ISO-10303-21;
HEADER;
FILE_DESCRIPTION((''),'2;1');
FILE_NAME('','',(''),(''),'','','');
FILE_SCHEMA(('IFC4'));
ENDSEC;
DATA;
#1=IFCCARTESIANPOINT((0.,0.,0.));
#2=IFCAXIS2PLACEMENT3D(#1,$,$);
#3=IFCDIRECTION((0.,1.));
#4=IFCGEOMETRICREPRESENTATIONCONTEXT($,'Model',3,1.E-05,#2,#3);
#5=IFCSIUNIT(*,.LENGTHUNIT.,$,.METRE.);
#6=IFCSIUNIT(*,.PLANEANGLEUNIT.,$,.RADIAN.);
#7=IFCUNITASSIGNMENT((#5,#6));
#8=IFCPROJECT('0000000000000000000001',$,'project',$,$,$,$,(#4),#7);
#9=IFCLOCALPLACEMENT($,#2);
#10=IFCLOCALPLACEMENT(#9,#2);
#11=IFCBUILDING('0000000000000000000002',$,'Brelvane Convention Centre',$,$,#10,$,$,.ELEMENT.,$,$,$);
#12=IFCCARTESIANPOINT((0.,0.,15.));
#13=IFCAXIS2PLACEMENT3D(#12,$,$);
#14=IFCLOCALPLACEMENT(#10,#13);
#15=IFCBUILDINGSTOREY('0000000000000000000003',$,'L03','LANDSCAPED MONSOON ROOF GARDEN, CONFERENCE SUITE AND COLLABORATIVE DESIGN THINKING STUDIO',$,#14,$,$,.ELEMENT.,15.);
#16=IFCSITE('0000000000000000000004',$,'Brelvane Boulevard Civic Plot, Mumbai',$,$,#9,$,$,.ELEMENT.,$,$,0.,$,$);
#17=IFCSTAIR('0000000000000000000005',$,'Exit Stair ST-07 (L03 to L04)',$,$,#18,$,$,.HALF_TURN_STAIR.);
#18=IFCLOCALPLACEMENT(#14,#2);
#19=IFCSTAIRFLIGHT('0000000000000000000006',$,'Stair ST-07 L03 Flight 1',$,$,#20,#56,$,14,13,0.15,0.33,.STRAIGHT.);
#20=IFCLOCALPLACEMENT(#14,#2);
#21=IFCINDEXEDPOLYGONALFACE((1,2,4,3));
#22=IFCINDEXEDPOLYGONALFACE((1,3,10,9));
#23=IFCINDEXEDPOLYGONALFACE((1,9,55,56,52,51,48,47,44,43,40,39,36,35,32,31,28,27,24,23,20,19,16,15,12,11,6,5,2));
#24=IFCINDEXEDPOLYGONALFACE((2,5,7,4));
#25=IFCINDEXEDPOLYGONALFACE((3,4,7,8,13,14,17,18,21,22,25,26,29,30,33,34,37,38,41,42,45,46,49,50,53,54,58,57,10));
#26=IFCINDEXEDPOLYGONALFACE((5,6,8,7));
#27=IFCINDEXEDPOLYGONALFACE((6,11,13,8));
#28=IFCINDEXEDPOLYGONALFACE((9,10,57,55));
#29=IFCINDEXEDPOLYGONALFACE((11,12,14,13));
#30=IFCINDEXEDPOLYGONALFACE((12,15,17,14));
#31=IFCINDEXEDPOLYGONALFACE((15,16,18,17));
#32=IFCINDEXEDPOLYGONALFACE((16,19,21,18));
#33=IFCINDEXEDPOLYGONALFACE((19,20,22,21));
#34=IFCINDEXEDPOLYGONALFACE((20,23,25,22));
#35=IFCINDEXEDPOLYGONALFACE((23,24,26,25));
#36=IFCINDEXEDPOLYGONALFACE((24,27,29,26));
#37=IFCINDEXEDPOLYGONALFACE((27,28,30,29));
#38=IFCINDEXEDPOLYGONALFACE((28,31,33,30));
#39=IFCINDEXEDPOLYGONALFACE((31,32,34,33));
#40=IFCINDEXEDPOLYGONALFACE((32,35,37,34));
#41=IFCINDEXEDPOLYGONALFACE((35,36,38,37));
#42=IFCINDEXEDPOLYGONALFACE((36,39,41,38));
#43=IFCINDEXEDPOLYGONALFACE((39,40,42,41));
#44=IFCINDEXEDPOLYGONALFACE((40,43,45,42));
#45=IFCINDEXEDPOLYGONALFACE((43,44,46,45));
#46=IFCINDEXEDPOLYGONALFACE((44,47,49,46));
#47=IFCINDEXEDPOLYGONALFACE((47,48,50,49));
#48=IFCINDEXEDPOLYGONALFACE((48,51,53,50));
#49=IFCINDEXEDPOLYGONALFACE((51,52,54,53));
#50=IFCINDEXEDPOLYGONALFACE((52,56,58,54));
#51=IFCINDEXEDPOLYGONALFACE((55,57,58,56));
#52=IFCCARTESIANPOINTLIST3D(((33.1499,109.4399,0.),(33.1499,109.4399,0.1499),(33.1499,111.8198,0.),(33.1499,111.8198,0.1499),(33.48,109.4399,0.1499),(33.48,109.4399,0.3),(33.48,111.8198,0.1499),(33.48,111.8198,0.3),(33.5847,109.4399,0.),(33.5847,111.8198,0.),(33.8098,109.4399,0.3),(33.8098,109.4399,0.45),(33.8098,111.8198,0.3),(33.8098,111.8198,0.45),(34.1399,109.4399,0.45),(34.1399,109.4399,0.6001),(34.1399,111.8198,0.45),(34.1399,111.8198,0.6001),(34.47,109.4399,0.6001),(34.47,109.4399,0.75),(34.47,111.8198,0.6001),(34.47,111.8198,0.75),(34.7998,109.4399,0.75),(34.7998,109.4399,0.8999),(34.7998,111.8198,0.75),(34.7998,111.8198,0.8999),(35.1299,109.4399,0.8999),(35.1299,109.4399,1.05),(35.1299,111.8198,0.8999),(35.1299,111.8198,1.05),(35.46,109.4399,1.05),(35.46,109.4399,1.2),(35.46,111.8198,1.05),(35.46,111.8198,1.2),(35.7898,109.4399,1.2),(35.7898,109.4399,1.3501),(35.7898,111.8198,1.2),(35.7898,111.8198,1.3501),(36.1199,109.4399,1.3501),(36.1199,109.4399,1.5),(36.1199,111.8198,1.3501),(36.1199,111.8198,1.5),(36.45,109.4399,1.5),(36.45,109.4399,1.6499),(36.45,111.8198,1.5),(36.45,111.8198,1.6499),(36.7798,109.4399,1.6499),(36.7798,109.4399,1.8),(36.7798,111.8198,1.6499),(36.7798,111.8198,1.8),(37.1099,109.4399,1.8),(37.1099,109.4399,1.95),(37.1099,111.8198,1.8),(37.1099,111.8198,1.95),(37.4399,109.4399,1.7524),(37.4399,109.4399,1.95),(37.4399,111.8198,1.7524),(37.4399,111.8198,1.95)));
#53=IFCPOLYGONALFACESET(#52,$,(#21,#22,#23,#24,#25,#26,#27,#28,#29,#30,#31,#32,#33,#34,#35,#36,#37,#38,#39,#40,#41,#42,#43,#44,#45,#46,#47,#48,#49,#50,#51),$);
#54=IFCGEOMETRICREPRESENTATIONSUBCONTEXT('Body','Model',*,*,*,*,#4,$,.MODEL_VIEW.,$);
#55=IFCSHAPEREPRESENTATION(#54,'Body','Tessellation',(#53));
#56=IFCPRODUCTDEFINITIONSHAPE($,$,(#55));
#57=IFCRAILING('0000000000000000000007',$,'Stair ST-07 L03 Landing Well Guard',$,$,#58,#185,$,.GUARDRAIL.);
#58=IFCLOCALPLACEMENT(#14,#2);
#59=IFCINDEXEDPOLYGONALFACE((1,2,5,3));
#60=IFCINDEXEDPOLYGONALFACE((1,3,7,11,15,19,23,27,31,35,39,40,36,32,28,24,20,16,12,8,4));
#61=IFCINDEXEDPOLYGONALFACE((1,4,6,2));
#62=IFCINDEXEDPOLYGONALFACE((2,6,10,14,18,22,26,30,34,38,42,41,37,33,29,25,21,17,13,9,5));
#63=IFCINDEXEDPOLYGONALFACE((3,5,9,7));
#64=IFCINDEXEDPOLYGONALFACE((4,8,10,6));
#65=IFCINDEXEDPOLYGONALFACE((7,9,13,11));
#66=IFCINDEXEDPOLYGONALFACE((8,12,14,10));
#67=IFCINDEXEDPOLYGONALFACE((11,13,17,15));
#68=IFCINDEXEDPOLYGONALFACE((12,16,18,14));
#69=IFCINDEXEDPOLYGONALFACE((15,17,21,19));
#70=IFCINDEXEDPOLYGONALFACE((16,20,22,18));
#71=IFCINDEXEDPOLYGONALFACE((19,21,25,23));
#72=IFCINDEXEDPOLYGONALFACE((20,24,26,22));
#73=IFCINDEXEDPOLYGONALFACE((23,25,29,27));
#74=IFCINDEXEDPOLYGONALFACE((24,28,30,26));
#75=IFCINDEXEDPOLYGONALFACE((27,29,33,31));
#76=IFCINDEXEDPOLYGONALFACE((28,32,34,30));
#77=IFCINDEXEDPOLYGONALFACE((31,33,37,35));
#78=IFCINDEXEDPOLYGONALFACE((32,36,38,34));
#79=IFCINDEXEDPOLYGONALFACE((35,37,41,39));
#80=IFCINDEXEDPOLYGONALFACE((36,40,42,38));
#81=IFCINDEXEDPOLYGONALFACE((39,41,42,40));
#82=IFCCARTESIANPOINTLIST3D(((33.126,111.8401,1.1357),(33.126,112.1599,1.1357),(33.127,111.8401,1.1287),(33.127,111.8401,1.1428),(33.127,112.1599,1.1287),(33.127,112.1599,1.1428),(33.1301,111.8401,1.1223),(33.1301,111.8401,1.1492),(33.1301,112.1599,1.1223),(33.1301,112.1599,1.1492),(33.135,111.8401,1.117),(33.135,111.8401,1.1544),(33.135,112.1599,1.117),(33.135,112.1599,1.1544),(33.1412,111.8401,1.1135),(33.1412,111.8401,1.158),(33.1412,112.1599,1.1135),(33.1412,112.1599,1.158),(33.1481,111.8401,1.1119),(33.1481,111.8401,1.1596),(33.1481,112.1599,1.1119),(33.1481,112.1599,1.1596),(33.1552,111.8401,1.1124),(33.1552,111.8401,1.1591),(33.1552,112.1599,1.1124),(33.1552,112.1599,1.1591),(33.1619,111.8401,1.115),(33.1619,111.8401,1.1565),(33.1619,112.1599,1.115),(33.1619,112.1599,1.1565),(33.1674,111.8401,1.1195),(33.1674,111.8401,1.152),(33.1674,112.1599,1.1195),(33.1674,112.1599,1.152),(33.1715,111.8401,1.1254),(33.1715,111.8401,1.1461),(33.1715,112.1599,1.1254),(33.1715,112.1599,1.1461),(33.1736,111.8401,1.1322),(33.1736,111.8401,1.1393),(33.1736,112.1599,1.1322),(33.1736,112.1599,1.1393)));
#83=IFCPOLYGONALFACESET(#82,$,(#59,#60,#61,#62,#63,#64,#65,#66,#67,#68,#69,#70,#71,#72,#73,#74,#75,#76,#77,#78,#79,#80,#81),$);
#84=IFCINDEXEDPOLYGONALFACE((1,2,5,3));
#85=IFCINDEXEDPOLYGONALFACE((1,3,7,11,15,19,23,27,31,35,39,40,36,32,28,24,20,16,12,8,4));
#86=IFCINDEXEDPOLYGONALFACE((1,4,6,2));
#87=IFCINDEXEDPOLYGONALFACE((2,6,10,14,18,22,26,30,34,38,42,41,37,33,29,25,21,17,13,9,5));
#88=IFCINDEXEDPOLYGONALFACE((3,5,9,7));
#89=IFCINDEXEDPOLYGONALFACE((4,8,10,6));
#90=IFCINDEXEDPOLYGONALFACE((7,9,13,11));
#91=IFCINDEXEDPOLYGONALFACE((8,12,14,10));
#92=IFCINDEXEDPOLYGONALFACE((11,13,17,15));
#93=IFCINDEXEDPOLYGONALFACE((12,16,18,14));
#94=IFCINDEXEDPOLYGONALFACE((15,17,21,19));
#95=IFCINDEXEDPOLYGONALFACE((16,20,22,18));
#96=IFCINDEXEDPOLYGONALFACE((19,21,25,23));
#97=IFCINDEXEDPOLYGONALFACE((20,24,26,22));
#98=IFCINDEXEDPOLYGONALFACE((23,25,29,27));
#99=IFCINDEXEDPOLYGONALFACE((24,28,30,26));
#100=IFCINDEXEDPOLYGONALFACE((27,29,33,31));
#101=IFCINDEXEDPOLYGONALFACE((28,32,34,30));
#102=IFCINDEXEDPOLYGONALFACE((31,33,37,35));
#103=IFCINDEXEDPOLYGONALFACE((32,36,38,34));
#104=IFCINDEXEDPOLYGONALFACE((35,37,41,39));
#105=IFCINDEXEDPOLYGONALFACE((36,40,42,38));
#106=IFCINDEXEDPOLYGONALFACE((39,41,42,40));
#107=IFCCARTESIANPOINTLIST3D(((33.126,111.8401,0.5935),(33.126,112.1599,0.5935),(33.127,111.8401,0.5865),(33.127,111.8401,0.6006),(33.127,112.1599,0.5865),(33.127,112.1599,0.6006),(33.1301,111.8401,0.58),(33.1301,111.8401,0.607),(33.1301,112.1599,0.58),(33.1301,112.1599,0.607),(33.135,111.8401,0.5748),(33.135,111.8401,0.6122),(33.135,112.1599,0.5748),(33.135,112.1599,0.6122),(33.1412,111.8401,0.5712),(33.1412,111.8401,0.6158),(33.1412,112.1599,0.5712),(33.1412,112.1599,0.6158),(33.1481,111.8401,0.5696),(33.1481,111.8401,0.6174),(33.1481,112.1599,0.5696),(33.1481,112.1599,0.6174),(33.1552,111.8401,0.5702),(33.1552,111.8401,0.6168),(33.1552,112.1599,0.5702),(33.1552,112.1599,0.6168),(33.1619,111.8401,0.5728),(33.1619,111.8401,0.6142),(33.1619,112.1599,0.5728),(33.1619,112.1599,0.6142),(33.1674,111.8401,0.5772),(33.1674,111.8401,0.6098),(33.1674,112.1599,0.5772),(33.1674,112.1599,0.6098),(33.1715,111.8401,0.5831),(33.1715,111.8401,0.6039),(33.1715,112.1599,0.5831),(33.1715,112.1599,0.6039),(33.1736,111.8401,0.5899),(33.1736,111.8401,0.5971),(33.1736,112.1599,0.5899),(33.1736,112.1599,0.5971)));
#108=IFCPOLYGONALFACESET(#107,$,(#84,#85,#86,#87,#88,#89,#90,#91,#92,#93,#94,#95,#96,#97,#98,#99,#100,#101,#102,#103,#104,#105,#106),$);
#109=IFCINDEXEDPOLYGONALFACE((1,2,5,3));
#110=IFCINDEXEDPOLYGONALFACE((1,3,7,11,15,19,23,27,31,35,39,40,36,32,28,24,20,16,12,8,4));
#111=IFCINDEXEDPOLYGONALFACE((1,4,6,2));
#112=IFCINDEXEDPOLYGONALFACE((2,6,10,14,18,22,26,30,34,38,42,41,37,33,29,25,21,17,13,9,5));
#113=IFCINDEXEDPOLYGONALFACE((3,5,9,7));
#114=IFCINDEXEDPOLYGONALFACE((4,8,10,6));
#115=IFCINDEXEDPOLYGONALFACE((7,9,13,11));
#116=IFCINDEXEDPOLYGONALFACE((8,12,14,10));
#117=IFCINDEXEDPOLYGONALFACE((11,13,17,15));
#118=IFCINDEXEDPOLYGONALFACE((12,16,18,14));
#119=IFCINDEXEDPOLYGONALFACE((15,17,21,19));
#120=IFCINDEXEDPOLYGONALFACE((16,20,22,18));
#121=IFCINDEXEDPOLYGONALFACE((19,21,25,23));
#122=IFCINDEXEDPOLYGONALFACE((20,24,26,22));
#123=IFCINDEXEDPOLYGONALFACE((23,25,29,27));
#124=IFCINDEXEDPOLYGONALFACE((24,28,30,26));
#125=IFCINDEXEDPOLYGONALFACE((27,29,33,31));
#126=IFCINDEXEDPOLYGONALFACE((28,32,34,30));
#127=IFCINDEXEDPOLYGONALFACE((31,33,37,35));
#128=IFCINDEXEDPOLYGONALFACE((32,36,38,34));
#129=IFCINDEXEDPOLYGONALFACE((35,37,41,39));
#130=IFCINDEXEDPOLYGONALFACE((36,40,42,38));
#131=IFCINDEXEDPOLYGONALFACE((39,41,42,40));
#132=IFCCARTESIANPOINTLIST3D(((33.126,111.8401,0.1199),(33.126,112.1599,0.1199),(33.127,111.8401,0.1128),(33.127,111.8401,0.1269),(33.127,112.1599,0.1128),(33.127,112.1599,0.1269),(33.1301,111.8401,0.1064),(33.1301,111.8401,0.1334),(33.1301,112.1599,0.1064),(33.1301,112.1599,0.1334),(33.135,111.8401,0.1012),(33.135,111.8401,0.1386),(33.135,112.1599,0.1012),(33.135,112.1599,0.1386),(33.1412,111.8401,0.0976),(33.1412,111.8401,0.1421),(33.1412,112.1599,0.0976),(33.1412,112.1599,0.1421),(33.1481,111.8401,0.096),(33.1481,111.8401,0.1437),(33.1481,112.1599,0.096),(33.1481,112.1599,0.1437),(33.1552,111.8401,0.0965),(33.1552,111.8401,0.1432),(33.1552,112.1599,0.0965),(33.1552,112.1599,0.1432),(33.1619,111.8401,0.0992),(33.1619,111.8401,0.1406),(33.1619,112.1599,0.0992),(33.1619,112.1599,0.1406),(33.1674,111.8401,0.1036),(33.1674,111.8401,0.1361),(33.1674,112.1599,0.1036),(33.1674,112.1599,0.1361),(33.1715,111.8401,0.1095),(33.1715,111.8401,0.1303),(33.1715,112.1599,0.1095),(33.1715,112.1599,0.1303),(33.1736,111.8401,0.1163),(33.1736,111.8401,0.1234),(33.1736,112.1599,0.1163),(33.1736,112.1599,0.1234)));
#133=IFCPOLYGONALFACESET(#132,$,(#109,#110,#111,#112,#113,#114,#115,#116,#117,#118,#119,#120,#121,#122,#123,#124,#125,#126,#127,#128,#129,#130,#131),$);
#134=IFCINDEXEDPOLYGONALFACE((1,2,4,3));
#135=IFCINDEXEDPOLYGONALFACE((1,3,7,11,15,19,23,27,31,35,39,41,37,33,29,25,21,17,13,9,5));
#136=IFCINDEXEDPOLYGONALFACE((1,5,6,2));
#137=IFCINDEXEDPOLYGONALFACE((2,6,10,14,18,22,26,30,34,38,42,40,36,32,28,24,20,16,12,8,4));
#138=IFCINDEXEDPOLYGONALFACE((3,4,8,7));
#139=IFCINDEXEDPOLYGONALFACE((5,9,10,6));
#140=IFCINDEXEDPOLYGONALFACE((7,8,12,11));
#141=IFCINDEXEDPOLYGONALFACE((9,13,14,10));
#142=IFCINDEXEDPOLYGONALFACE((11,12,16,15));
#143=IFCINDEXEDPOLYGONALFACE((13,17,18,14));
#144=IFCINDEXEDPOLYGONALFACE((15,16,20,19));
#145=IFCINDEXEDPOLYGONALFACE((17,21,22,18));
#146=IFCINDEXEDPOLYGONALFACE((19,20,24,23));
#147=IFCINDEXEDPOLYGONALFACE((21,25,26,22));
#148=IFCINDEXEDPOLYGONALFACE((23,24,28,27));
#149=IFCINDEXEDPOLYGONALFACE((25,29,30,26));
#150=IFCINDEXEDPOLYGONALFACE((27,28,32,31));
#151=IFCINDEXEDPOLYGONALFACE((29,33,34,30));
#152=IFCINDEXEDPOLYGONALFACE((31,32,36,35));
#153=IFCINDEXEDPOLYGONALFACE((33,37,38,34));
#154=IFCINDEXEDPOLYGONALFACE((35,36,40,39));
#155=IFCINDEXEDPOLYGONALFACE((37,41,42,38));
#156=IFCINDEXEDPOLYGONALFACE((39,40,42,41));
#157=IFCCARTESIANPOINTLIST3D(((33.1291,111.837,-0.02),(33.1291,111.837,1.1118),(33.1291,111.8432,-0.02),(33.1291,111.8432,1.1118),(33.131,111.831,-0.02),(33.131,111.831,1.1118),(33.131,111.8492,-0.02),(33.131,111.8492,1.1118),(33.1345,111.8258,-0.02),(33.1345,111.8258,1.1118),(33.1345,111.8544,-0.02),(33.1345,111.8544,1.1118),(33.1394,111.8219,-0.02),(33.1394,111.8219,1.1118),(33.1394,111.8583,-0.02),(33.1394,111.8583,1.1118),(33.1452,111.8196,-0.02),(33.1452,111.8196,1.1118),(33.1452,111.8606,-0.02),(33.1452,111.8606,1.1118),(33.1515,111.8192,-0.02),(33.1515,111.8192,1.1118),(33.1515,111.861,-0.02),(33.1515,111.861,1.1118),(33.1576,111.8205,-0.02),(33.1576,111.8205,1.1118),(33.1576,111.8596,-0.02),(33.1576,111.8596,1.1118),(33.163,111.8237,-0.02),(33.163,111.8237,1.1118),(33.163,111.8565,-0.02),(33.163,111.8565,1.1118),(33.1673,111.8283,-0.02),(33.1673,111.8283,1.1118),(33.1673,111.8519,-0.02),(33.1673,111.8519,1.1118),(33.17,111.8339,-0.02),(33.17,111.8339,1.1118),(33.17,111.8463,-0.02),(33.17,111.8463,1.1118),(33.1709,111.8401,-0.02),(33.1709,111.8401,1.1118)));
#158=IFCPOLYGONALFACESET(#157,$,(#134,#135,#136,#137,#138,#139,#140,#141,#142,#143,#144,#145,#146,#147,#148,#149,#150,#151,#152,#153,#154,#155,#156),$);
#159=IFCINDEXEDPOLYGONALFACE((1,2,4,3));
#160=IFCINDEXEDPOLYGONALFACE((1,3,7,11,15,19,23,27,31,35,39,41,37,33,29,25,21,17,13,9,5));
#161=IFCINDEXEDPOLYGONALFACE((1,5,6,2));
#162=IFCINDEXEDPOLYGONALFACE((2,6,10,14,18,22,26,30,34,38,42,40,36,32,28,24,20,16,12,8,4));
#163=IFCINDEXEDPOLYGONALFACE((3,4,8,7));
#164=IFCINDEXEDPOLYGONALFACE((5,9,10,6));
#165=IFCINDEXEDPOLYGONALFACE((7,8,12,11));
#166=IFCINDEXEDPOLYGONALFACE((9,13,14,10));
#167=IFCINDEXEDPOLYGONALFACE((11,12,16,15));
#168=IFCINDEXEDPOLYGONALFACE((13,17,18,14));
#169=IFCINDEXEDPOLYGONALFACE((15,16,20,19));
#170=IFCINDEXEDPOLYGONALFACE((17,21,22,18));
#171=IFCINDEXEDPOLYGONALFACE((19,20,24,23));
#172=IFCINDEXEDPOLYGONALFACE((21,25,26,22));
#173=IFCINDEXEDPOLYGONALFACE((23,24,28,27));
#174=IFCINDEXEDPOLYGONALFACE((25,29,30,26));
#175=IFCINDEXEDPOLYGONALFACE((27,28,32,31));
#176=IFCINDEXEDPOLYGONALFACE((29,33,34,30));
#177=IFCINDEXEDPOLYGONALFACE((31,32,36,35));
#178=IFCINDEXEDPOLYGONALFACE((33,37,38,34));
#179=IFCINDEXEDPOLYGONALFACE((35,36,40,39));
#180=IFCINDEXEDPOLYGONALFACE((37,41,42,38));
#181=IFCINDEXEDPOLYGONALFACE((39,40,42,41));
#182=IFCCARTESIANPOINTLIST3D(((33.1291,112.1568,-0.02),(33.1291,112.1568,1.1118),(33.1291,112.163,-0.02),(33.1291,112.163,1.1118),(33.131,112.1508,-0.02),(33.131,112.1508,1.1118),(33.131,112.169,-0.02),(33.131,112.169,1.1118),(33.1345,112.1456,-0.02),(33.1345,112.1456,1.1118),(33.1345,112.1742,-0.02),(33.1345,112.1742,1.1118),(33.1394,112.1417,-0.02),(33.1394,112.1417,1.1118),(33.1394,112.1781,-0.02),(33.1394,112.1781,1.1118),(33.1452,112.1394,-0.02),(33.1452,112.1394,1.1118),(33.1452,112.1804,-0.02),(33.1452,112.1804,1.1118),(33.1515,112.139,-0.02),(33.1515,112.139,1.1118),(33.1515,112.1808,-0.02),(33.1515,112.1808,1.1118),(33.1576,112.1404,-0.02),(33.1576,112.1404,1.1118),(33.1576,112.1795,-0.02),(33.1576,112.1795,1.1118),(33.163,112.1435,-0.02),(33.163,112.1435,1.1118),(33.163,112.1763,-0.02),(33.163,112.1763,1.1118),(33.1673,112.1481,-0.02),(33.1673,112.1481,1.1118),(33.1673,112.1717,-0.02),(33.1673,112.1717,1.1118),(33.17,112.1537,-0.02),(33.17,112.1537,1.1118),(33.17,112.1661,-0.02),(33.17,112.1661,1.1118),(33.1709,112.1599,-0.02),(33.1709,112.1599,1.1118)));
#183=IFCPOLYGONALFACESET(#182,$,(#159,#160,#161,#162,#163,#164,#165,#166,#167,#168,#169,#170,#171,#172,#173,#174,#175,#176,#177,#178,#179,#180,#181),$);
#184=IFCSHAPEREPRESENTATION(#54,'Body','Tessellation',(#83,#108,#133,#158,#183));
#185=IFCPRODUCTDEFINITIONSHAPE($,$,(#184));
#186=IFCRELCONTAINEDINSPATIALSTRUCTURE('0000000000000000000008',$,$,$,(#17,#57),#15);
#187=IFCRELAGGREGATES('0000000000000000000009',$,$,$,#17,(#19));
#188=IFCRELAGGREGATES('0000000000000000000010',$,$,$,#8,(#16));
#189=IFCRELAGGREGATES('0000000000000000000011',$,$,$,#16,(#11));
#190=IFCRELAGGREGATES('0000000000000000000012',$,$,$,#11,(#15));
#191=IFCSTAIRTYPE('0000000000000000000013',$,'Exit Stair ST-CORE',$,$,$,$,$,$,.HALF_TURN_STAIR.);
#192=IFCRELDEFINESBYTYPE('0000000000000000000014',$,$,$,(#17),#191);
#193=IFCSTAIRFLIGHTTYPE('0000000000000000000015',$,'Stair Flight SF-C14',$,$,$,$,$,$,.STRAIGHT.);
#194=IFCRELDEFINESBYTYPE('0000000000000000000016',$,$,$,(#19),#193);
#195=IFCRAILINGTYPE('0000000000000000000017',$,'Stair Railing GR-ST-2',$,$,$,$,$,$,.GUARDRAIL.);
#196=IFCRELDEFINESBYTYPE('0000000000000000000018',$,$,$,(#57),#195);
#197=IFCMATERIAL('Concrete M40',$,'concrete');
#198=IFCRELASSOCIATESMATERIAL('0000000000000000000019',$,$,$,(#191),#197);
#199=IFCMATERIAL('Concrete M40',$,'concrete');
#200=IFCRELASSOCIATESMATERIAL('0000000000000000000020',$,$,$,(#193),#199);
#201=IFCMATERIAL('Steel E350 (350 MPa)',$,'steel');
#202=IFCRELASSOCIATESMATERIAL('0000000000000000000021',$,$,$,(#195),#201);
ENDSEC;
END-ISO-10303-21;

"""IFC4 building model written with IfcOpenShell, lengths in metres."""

from ifc_helpers import new_model, si_unit, direction, frame, origin, origin_2d, place, context, subcontext, project, spatial, polyline, circle, outline, extrude, material, type_object, element, aggregate, save


model = new_model("IFC4")

# Units and contexts
model_context = context("Model", 3, precision=1e-05, world=origin(), true_north=direction((0.0, 1.0)))
body_context = subcontext(model_context, "Body", "Model", "MODEL_VIEW")
ifc_project = project(units=[si_unit("LENGTHUNIT", "METRE"), si_unit("PLANEANGLEUNIT", "RADIAN")], contexts=[model_context])

# Site, building, storey
site_placement = place(None, origin())
site = spatial("IfcSite", under=ifc_project, at=site_placement, Name="Brelvane Boulevard Civic Plot, Mumbai", CompositionType="ELEMENT", RefElevation=0.0)
building_placement = place(site_placement, origin())
building = spatial("IfcBuilding", under=site, at=building_placement, Name="Brelvane Convention Centre", CompositionType="ELEMENT")
storey_placement = place(building_placement, frame((0.0, 0.0, 15.0)))
storey = spatial("IfcBuildingStorey", under=building, at=storey_placement, Name="L03", Description="LANDSCAPED MONSOON ROOF GARDEN, CONFERENCE SUITE AND COLLABORATIVE DESIGN THINKING STUDIO", CompositionType="ELEMENT", Elevation=15.0)

# Stair, stair flight
ifc_material_1 = material(Name="Concrete M40", Category="concrete")
stair_type = type_object("IfcStairType", Name="Exit Stair ST-CORE", PredefinedType="HALF_TURN_STAIR", material=ifc_material_1)
stair_placement = place(storey_placement, origin())
stair = element("IfcStair", 1, at=stair_placement, inside=storey, type_object=stair_type, Name="Exit Stair ST-07 (L03 to L04)", PredefinedType="HALF_TURN_STAIR")
ifc_material_2 = material(Name="Concrete M40", Category="concrete")
stair_flight_type = type_object("IfcStairFlightType", Name="Stair Flight SF-C14", PredefinedType="STRAIGHT", material=ifc_material_2)
stair_flight_placement = place(storey_placement, frame((33.1499, 110.6299, 0.0), z_axis=(0.0, 0.0, 1.0), x_axis=(1.0, 0.0, 0.0)))
stair_flight = element("IfcStairFlight", 2, at=stair_flight_placement, type_object=stair_flight_type, Name="Stair ST-07 L03 Flight 1", NumberOfRisers=14, NumberOfTreads=13, PredefinedType="STRAIGHT", RiserHeight=0.15, TreadLength=0.33, context=body_context, shape_type="SweptSolid", body=[
    extrude(outline(polyline([(0.0, 0.0), (0.0, 0.1499), (0.3301, 0.1499), (0.3301, 0.3), (0.6599, 0.3), (0.6599, 0.45), (0.99, 0.45), (0.99, 0.6001), (1.3201, 0.6001), (1.3201, 0.75), (1.6499, 0.75), (1.6499, 0.8999), (1.98, 0.8999), (1.98, 1.05), (2.3101, 1.05), (2.3101, 1.2), (2.6399, 1.2), (2.6399, 1.3501), (2.97, 1.3501), (2.97, 1.5), (3.3, 1.5), (3.3, 1.6499), (3.6299, 1.6499), (3.6299, 1.8), (3.96, 1.8), (3.96, 1.95), (4.29, 1.95), (4.29, 2.1001), (4.29, 1.7524), (0.4348, 0.0), (0.0, 0.0)])), frame((0.0, 1.1899, 0.0), z_axis=(0.0, -1.0, 0.0), x_axis=(1.0, 0.0, 0.0)), (0.0, 0.0, 1.0), 2.3799),
])
aggregate(stair, [stair_flight])

# Railing
ifc_material_3 = material(Name="Steel E350 (350 MPa)", Category="steel")
railing_type_1 = type_object("IfcRailingType", Name="Stair Railing GR-ST-2", PredefinedType="GUARDRAIL", material=ifc_material_3)
railing_1_placement = place(storey_placement, frame((33.1499, 111.8401, -0.02)))
element("IfcRailing", 3, at=railing_1_placement, inside=storey, type_object=railing_type_1, Name="Stair ST-07 L03 Landing Well Guard", PredefinedType="GUARDRAIL", context=body_context, shape_type="SweptSolid", body=[
    extrude(circle(Radius=0.0239, at=origin_2d()), frame((0.0, 0.0, 1.1558), z_axis=(0.0, 1.0, 0.0), x_axis=(-1.0, 0.0, 0.0)), (0.0, 0.0, 1.0), 0.3198),
    extrude(circle(Radius=0.0239, at=origin_2d()), frame((0.0, 0.0, 0.6135), z_axis=(0.0, 1.0, 0.0), x_axis=(-1.0, 0.0, 0.0)), (0.0, 0.0, 1.0), 0.3198),
    extrude(circle(Radius=0.0239, at=origin_2d()), frame((0.0, 0.0, 0.1399), z_axis=(0.0, 1.0, 0.0), x_axis=(-1.0, 0.0, 0.0)), (0.0, 0.0, 1.0), 0.3198),
    extrude(circle(Radius=0.021, at=origin_2d()), origin(), (0.0, 0.0, 1.0), 1.1318),
    extrude(circle(Radius=0.021, at=origin_2d()), frame((0.0, 0.3198, 0.0)), (0.0, 0.0, 1.0), 1.1318),
])

save(model, "model.ifc")
